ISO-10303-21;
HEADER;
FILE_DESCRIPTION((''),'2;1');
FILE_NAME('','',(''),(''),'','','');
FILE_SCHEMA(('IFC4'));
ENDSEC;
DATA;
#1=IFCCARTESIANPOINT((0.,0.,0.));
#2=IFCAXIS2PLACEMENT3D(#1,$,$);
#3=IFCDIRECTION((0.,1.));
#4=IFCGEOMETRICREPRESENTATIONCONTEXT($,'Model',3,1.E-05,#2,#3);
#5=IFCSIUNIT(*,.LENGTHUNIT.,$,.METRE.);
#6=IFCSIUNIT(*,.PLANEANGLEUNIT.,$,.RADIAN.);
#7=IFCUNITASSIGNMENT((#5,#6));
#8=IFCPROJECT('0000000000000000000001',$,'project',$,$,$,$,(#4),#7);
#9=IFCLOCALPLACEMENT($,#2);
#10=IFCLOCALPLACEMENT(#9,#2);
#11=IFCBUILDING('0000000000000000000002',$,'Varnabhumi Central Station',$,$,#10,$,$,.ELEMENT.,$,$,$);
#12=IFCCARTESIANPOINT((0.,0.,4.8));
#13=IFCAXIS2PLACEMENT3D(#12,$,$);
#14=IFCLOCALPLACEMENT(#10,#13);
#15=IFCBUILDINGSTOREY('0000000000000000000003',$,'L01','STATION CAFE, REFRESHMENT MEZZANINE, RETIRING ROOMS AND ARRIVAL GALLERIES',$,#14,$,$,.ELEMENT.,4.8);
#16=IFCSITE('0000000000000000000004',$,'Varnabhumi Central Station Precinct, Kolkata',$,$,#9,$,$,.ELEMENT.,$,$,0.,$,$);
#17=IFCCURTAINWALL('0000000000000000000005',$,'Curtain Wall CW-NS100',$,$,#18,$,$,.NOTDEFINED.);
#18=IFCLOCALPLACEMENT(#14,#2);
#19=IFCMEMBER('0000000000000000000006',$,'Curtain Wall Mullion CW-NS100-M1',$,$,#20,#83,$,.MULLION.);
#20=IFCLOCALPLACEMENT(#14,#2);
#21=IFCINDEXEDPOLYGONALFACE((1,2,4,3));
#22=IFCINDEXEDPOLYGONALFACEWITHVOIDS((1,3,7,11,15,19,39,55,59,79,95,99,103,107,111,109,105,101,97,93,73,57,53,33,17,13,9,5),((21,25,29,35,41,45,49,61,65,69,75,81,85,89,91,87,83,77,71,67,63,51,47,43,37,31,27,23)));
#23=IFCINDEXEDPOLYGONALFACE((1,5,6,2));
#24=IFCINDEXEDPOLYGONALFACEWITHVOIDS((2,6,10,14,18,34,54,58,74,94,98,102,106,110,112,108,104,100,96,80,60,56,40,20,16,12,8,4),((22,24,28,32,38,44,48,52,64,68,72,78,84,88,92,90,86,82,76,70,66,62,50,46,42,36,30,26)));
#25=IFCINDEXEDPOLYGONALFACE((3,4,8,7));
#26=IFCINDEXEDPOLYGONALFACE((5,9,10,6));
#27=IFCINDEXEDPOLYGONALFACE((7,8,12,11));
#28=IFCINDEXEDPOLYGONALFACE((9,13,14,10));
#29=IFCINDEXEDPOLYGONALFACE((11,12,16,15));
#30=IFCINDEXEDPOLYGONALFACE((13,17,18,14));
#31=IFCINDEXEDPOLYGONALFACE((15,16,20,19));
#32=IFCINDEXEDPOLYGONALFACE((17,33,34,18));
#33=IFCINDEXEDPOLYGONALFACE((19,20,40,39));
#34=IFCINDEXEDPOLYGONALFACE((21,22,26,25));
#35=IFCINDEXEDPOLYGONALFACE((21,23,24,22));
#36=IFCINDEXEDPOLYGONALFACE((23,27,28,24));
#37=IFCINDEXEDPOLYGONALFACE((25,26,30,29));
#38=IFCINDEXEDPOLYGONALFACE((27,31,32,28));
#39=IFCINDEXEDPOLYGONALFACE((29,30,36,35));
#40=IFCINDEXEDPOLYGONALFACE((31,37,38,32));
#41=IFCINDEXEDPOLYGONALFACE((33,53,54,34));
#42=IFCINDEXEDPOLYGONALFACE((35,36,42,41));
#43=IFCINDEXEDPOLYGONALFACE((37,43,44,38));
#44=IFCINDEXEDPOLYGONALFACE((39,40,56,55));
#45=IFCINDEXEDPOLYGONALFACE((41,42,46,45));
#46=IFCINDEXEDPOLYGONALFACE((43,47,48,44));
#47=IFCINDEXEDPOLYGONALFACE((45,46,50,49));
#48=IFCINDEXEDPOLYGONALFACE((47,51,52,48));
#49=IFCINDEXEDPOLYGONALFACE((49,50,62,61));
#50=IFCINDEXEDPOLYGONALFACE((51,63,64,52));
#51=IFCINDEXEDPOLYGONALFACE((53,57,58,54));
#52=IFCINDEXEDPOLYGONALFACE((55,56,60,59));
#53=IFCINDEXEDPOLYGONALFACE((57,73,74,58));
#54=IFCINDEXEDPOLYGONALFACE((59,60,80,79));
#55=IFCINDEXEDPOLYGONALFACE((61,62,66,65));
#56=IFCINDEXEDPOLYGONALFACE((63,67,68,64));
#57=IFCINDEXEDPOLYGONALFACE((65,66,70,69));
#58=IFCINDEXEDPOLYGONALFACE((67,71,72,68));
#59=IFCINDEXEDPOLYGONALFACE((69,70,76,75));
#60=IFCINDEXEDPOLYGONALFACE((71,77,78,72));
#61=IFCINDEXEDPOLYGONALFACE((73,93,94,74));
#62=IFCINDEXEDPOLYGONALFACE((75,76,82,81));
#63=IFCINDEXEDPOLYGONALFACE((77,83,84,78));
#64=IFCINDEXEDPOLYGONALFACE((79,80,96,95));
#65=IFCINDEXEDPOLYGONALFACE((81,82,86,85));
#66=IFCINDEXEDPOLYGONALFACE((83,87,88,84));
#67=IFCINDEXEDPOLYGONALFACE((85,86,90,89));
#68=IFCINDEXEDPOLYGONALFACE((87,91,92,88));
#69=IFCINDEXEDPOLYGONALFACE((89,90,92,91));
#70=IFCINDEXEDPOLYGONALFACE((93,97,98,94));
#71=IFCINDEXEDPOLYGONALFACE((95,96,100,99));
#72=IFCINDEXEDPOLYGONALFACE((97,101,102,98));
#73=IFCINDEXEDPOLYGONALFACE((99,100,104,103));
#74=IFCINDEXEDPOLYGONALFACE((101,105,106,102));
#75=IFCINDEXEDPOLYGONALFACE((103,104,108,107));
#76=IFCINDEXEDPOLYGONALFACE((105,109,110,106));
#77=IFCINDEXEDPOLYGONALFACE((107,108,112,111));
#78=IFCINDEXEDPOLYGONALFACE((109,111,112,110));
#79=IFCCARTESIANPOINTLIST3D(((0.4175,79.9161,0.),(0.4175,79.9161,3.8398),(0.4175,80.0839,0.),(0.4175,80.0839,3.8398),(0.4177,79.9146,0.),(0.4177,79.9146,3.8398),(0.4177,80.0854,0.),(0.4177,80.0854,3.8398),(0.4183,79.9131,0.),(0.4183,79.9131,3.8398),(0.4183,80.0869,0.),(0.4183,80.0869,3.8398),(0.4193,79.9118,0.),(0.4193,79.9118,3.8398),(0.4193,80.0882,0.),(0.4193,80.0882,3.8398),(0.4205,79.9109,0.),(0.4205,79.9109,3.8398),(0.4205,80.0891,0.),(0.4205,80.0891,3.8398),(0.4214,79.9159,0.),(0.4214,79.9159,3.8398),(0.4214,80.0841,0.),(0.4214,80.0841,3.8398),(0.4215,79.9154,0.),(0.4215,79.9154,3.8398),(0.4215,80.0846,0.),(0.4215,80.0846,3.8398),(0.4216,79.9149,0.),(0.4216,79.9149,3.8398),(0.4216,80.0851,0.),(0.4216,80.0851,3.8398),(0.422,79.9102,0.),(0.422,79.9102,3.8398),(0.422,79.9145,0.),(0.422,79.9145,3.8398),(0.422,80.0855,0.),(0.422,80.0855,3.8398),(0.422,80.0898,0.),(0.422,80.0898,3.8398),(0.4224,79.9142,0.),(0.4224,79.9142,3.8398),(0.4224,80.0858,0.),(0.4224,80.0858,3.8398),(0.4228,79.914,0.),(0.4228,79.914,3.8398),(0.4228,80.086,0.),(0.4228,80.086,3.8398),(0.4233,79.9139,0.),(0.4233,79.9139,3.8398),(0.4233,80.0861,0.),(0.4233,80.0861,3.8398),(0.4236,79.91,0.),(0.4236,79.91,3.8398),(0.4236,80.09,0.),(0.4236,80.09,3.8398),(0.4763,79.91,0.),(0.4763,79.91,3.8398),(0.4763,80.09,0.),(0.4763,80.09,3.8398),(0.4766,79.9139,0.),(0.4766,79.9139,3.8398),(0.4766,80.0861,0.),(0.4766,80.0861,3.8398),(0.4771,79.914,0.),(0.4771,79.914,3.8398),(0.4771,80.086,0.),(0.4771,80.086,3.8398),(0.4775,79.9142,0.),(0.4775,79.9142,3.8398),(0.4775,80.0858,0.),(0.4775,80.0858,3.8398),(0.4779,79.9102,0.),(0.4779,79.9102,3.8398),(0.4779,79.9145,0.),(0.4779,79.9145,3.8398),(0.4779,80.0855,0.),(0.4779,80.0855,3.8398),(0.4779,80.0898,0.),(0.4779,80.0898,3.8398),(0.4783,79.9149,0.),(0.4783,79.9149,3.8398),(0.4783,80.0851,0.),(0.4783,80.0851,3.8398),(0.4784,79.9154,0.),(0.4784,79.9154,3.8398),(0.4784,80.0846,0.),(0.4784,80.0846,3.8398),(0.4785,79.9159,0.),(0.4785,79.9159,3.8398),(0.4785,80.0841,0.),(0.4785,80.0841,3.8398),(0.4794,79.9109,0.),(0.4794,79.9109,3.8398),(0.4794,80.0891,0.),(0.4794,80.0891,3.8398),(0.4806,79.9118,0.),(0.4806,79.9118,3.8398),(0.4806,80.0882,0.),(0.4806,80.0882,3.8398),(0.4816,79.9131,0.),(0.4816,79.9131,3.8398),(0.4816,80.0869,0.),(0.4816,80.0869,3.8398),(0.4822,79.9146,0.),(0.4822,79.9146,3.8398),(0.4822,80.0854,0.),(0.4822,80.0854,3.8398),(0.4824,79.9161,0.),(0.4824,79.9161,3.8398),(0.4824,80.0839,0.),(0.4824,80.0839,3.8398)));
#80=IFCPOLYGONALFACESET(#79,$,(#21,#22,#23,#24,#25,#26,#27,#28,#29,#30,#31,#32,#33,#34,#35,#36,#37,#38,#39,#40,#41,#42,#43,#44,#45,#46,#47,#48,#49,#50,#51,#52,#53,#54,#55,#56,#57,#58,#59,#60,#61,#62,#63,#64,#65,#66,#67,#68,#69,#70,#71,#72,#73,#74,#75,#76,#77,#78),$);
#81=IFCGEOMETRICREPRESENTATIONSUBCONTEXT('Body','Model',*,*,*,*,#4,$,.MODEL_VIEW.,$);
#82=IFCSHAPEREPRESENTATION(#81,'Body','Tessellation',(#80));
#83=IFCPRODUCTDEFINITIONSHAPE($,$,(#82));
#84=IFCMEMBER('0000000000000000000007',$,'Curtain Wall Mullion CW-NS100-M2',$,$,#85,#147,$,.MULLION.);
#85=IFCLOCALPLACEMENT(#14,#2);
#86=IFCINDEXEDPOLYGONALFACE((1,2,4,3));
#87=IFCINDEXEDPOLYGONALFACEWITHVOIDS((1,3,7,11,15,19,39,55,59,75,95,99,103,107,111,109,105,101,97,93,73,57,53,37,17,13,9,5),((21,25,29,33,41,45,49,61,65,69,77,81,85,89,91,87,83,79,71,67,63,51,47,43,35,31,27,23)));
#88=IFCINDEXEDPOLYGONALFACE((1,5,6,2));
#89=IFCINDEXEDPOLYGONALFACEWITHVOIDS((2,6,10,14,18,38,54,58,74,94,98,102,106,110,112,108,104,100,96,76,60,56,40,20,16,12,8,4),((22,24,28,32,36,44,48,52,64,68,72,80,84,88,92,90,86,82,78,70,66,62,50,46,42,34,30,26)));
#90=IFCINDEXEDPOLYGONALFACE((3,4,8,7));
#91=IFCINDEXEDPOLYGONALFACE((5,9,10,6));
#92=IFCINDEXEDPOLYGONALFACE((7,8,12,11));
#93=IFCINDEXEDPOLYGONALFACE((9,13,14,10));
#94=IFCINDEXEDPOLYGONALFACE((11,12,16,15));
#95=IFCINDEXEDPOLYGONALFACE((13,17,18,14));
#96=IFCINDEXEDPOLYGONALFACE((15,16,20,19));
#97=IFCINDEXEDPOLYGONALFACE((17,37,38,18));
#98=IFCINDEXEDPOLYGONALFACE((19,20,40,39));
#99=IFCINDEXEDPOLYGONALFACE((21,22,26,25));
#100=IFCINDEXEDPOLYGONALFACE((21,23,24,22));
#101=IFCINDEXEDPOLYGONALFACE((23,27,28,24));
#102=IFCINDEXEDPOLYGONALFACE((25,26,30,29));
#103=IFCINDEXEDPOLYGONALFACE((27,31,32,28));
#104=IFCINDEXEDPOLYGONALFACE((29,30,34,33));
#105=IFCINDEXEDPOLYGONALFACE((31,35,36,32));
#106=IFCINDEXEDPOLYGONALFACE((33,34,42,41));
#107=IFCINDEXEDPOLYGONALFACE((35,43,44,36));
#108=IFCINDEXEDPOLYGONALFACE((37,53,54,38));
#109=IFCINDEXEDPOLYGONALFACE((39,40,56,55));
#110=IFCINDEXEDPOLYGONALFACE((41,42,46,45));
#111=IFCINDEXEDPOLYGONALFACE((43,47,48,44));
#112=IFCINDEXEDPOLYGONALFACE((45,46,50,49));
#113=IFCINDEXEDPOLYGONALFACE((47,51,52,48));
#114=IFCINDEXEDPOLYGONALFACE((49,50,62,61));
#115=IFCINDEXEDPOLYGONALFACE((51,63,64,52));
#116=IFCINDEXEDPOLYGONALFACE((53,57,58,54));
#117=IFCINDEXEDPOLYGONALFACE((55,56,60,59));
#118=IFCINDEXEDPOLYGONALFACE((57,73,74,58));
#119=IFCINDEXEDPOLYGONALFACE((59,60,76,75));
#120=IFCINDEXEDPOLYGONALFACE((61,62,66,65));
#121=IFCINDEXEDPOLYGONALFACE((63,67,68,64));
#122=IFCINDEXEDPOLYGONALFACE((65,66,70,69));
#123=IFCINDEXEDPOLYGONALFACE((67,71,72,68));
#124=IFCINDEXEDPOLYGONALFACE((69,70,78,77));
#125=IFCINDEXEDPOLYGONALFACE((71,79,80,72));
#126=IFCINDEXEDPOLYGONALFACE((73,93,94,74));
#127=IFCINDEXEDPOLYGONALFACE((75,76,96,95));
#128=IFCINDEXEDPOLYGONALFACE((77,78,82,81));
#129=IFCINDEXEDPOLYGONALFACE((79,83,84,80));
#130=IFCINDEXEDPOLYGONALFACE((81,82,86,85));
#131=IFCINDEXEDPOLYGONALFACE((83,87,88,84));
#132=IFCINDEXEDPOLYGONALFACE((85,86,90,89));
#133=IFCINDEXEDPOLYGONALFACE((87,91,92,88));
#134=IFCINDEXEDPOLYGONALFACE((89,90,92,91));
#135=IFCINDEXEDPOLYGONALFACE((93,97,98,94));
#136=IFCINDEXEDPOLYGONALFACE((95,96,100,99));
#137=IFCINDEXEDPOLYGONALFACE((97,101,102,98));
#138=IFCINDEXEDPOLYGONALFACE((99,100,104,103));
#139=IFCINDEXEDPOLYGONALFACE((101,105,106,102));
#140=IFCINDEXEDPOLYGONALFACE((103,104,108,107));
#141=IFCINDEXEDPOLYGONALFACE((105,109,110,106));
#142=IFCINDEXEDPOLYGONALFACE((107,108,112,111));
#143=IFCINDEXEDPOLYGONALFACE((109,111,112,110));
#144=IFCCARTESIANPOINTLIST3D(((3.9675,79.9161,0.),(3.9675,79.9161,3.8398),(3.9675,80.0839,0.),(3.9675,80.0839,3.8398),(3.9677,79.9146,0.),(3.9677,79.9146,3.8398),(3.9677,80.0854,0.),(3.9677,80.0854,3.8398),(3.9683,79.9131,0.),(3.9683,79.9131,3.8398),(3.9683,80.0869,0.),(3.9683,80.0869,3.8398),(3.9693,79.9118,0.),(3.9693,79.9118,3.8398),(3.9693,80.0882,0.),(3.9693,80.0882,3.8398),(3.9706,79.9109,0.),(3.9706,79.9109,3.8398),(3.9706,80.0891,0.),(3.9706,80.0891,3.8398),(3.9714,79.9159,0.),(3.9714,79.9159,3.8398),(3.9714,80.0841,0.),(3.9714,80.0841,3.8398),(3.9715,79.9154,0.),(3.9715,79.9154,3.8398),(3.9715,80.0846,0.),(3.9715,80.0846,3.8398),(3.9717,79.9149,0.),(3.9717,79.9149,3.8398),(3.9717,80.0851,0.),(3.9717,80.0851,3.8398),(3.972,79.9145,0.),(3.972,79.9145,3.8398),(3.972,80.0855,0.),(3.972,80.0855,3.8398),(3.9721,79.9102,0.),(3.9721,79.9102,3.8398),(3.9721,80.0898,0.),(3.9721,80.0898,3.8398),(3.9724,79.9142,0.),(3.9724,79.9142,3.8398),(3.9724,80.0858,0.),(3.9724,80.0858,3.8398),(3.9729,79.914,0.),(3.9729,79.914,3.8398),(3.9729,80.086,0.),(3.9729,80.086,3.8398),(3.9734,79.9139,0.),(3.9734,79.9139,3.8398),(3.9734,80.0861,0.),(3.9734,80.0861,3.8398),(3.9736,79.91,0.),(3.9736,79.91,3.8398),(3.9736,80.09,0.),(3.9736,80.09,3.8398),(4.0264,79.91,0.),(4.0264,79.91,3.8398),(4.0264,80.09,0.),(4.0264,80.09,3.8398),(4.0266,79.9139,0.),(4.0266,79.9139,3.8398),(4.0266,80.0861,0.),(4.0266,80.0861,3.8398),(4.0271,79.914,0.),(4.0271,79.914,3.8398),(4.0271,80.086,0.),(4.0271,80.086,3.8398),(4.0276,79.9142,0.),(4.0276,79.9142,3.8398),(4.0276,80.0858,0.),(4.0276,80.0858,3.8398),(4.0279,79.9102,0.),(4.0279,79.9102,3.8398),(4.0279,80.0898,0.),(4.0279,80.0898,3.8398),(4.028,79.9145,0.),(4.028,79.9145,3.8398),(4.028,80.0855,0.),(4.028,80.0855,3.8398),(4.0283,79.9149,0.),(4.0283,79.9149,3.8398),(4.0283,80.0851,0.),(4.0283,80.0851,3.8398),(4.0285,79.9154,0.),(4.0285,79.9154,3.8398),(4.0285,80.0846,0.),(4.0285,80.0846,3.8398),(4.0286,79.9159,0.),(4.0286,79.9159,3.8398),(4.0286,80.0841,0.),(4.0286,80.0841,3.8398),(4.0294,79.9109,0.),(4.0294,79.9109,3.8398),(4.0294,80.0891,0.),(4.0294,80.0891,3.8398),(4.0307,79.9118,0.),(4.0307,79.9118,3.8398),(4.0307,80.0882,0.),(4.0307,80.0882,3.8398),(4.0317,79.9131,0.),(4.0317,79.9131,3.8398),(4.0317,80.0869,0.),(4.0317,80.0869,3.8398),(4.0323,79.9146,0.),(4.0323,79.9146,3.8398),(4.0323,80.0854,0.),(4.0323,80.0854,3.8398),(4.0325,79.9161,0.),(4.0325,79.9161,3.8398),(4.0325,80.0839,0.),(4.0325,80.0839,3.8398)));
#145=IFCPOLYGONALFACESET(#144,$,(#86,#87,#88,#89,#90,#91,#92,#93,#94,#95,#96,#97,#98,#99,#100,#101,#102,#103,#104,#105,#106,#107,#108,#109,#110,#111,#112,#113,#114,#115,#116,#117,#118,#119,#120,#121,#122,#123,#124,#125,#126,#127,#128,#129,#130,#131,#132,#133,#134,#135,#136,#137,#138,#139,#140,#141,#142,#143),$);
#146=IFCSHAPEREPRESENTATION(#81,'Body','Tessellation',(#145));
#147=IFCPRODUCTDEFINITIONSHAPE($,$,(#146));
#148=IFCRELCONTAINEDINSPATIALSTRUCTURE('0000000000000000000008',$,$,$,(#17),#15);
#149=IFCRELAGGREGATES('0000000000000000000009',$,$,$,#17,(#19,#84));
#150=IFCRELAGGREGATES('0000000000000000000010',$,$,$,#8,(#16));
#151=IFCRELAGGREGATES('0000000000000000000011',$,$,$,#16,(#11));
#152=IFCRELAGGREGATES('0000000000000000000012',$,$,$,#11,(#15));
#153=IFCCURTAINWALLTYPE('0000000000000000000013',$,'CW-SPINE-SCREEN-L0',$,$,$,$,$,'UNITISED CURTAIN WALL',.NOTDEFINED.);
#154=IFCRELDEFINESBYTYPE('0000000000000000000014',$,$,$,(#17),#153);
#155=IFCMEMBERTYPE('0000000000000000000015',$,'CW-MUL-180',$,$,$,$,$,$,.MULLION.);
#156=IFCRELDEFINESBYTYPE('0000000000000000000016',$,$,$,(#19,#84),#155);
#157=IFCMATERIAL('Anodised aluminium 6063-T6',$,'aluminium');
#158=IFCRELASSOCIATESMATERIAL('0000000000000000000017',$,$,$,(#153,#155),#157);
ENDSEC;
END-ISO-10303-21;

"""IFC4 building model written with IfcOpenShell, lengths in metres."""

from ifc_helpers import new_model, si_unit, direction, frame, origin, origin_2d, place, context, subcontext, project, spatial, hollow_rectangle, extrude, material, material_profile, profile_set, type_object, element, aggregate, save


model = new_model("IFC4")

# Units and contexts
model_context = context("Model", 3, precision=1e-05, world=origin(), true_north=direction((0.0, 1.0)))
body_context = subcontext(model_context, "Body", "Model", "MODEL_VIEW")
ifc_project = project(units=[si_unit("LENGTHUNIT", "METRE"), si_unit("PLANEANGLEUNIT", "RADIAN")], contexts=[model_context])

# Site, building, storey
site_placement = place(None, origin())
site = spatial("IfcSite", under=ifc_project, at=site_placement, Name="Varnabhumi Central Station Precinct, Kolkata", CompositionType="ELEMENT", RefElevation=0.0)
building_placement = place(site_placement, origin())
building = spatial("IfcBuilding", under=site, at=building_placement, Name="Varnabhumi Central Station", CompositionType="ELEMENT")
storey_placement = place(building_placement, frame((0.0, 0.0, 4.8)))
storey = spatial("IfcBuildingStorey", under=building, at=storey_placement, Name="L01", Description="STATION CAFE, REFRESHMENT MEZZANINE, RETIRING ROOMS AND ARRIVAL GALLERIES", CompositionType="ELEMENT", Elevation=4.8)

# Curtain wall, members
ifc_material_1 = material(Name="Anodised aluminium 6063-T6", Category="aluminium")
curtain_wall_type = type_object("IfcCurtainWallType", Name="CW-SPINE-SCREEN-L0", ElementType="UNITISED CURTAIN WALL", PredefinedType="NOTDEFINED", material=ifc_material_1)
curtain_wall_placement = place(storey_placement, origin())
curtain_wall = element("IfcCurtainWall", 1, at=curtain_wall_placement, inside=storey, type_object=curtain_wall_type, Name="Curtain Wall CW-NS100", PredefinedType="NOTDEFINED")
ifc_material_profile_1 = material_profile(ifc_material_1, hollow_rectangle(XDim=0.0649, YDim=0.1799, WallThickness=0.0039, InnerFilletRadius=0.002, OuterFilletRadius=0.0061, at=origin_2d()), Name="Anodised aluminium 6063-T6", Category="aluminium")
ifc_profile_set_1 = profile_set([ifc_material_profile_1], Name="Anodised aluminium 6063-T6")
member_type_1 = type_object("IfcMemberType", Name="CW-MUL-180", PredefinedType="MULLION", material=ifc_profile_set_1)
member_1_placement = place(storey_placement, frame((0.45, 80.0, 0.0), z_axis=(0.0, 0.0, 1.0), x_axis=(1.0, 0.0, 0.0)))
member_1 = element("IfcMember", 2, at=member_1_placement, type_object=member_type_1, Name="Curtain Wall Mullion CW-NS100-M1", PredefinedType="MULLION", context=body_context, shape_type="SweptSolid", body=[
    extrude(hollow_rectangle(XDim=0.0649, YDim=0.1799, WallThickness=0.0039, InnerFilletRadius=0.002, OuterFilletRadius=0.0061, at=origin_2d()), origin(), (0.0, 0.0, 1.0), 3.8398),
])
member_2_placement = place(storey_placement, frame((4.0, 80.0, 0.0), z_axis=(0.0, 0.0, 1.0), x_axis=(1.0, 0.0, 0.0)))
member_2 = element("IfcMember", 3, at=member_2_placement, type_object=member_type_1, Name="Curtain Wall Mullion CW-NS100-M2", PredefinedType="MULLION", context=body_context, shape_type="SweptSolid", body=[
    extrude(hollow_rectangle(XDim=0.0649, YDim=0.1799, WallThickness=0.0039, InnerFilletRadius=0.002, OuterFilletRadius=0.0061, at=origin_2d()), origin(), (0.0, 0.0, 1.0), 3.8398),
])
aggregate(curtain_wall, [member_1, member_2])

save(model, "model.ifc")
